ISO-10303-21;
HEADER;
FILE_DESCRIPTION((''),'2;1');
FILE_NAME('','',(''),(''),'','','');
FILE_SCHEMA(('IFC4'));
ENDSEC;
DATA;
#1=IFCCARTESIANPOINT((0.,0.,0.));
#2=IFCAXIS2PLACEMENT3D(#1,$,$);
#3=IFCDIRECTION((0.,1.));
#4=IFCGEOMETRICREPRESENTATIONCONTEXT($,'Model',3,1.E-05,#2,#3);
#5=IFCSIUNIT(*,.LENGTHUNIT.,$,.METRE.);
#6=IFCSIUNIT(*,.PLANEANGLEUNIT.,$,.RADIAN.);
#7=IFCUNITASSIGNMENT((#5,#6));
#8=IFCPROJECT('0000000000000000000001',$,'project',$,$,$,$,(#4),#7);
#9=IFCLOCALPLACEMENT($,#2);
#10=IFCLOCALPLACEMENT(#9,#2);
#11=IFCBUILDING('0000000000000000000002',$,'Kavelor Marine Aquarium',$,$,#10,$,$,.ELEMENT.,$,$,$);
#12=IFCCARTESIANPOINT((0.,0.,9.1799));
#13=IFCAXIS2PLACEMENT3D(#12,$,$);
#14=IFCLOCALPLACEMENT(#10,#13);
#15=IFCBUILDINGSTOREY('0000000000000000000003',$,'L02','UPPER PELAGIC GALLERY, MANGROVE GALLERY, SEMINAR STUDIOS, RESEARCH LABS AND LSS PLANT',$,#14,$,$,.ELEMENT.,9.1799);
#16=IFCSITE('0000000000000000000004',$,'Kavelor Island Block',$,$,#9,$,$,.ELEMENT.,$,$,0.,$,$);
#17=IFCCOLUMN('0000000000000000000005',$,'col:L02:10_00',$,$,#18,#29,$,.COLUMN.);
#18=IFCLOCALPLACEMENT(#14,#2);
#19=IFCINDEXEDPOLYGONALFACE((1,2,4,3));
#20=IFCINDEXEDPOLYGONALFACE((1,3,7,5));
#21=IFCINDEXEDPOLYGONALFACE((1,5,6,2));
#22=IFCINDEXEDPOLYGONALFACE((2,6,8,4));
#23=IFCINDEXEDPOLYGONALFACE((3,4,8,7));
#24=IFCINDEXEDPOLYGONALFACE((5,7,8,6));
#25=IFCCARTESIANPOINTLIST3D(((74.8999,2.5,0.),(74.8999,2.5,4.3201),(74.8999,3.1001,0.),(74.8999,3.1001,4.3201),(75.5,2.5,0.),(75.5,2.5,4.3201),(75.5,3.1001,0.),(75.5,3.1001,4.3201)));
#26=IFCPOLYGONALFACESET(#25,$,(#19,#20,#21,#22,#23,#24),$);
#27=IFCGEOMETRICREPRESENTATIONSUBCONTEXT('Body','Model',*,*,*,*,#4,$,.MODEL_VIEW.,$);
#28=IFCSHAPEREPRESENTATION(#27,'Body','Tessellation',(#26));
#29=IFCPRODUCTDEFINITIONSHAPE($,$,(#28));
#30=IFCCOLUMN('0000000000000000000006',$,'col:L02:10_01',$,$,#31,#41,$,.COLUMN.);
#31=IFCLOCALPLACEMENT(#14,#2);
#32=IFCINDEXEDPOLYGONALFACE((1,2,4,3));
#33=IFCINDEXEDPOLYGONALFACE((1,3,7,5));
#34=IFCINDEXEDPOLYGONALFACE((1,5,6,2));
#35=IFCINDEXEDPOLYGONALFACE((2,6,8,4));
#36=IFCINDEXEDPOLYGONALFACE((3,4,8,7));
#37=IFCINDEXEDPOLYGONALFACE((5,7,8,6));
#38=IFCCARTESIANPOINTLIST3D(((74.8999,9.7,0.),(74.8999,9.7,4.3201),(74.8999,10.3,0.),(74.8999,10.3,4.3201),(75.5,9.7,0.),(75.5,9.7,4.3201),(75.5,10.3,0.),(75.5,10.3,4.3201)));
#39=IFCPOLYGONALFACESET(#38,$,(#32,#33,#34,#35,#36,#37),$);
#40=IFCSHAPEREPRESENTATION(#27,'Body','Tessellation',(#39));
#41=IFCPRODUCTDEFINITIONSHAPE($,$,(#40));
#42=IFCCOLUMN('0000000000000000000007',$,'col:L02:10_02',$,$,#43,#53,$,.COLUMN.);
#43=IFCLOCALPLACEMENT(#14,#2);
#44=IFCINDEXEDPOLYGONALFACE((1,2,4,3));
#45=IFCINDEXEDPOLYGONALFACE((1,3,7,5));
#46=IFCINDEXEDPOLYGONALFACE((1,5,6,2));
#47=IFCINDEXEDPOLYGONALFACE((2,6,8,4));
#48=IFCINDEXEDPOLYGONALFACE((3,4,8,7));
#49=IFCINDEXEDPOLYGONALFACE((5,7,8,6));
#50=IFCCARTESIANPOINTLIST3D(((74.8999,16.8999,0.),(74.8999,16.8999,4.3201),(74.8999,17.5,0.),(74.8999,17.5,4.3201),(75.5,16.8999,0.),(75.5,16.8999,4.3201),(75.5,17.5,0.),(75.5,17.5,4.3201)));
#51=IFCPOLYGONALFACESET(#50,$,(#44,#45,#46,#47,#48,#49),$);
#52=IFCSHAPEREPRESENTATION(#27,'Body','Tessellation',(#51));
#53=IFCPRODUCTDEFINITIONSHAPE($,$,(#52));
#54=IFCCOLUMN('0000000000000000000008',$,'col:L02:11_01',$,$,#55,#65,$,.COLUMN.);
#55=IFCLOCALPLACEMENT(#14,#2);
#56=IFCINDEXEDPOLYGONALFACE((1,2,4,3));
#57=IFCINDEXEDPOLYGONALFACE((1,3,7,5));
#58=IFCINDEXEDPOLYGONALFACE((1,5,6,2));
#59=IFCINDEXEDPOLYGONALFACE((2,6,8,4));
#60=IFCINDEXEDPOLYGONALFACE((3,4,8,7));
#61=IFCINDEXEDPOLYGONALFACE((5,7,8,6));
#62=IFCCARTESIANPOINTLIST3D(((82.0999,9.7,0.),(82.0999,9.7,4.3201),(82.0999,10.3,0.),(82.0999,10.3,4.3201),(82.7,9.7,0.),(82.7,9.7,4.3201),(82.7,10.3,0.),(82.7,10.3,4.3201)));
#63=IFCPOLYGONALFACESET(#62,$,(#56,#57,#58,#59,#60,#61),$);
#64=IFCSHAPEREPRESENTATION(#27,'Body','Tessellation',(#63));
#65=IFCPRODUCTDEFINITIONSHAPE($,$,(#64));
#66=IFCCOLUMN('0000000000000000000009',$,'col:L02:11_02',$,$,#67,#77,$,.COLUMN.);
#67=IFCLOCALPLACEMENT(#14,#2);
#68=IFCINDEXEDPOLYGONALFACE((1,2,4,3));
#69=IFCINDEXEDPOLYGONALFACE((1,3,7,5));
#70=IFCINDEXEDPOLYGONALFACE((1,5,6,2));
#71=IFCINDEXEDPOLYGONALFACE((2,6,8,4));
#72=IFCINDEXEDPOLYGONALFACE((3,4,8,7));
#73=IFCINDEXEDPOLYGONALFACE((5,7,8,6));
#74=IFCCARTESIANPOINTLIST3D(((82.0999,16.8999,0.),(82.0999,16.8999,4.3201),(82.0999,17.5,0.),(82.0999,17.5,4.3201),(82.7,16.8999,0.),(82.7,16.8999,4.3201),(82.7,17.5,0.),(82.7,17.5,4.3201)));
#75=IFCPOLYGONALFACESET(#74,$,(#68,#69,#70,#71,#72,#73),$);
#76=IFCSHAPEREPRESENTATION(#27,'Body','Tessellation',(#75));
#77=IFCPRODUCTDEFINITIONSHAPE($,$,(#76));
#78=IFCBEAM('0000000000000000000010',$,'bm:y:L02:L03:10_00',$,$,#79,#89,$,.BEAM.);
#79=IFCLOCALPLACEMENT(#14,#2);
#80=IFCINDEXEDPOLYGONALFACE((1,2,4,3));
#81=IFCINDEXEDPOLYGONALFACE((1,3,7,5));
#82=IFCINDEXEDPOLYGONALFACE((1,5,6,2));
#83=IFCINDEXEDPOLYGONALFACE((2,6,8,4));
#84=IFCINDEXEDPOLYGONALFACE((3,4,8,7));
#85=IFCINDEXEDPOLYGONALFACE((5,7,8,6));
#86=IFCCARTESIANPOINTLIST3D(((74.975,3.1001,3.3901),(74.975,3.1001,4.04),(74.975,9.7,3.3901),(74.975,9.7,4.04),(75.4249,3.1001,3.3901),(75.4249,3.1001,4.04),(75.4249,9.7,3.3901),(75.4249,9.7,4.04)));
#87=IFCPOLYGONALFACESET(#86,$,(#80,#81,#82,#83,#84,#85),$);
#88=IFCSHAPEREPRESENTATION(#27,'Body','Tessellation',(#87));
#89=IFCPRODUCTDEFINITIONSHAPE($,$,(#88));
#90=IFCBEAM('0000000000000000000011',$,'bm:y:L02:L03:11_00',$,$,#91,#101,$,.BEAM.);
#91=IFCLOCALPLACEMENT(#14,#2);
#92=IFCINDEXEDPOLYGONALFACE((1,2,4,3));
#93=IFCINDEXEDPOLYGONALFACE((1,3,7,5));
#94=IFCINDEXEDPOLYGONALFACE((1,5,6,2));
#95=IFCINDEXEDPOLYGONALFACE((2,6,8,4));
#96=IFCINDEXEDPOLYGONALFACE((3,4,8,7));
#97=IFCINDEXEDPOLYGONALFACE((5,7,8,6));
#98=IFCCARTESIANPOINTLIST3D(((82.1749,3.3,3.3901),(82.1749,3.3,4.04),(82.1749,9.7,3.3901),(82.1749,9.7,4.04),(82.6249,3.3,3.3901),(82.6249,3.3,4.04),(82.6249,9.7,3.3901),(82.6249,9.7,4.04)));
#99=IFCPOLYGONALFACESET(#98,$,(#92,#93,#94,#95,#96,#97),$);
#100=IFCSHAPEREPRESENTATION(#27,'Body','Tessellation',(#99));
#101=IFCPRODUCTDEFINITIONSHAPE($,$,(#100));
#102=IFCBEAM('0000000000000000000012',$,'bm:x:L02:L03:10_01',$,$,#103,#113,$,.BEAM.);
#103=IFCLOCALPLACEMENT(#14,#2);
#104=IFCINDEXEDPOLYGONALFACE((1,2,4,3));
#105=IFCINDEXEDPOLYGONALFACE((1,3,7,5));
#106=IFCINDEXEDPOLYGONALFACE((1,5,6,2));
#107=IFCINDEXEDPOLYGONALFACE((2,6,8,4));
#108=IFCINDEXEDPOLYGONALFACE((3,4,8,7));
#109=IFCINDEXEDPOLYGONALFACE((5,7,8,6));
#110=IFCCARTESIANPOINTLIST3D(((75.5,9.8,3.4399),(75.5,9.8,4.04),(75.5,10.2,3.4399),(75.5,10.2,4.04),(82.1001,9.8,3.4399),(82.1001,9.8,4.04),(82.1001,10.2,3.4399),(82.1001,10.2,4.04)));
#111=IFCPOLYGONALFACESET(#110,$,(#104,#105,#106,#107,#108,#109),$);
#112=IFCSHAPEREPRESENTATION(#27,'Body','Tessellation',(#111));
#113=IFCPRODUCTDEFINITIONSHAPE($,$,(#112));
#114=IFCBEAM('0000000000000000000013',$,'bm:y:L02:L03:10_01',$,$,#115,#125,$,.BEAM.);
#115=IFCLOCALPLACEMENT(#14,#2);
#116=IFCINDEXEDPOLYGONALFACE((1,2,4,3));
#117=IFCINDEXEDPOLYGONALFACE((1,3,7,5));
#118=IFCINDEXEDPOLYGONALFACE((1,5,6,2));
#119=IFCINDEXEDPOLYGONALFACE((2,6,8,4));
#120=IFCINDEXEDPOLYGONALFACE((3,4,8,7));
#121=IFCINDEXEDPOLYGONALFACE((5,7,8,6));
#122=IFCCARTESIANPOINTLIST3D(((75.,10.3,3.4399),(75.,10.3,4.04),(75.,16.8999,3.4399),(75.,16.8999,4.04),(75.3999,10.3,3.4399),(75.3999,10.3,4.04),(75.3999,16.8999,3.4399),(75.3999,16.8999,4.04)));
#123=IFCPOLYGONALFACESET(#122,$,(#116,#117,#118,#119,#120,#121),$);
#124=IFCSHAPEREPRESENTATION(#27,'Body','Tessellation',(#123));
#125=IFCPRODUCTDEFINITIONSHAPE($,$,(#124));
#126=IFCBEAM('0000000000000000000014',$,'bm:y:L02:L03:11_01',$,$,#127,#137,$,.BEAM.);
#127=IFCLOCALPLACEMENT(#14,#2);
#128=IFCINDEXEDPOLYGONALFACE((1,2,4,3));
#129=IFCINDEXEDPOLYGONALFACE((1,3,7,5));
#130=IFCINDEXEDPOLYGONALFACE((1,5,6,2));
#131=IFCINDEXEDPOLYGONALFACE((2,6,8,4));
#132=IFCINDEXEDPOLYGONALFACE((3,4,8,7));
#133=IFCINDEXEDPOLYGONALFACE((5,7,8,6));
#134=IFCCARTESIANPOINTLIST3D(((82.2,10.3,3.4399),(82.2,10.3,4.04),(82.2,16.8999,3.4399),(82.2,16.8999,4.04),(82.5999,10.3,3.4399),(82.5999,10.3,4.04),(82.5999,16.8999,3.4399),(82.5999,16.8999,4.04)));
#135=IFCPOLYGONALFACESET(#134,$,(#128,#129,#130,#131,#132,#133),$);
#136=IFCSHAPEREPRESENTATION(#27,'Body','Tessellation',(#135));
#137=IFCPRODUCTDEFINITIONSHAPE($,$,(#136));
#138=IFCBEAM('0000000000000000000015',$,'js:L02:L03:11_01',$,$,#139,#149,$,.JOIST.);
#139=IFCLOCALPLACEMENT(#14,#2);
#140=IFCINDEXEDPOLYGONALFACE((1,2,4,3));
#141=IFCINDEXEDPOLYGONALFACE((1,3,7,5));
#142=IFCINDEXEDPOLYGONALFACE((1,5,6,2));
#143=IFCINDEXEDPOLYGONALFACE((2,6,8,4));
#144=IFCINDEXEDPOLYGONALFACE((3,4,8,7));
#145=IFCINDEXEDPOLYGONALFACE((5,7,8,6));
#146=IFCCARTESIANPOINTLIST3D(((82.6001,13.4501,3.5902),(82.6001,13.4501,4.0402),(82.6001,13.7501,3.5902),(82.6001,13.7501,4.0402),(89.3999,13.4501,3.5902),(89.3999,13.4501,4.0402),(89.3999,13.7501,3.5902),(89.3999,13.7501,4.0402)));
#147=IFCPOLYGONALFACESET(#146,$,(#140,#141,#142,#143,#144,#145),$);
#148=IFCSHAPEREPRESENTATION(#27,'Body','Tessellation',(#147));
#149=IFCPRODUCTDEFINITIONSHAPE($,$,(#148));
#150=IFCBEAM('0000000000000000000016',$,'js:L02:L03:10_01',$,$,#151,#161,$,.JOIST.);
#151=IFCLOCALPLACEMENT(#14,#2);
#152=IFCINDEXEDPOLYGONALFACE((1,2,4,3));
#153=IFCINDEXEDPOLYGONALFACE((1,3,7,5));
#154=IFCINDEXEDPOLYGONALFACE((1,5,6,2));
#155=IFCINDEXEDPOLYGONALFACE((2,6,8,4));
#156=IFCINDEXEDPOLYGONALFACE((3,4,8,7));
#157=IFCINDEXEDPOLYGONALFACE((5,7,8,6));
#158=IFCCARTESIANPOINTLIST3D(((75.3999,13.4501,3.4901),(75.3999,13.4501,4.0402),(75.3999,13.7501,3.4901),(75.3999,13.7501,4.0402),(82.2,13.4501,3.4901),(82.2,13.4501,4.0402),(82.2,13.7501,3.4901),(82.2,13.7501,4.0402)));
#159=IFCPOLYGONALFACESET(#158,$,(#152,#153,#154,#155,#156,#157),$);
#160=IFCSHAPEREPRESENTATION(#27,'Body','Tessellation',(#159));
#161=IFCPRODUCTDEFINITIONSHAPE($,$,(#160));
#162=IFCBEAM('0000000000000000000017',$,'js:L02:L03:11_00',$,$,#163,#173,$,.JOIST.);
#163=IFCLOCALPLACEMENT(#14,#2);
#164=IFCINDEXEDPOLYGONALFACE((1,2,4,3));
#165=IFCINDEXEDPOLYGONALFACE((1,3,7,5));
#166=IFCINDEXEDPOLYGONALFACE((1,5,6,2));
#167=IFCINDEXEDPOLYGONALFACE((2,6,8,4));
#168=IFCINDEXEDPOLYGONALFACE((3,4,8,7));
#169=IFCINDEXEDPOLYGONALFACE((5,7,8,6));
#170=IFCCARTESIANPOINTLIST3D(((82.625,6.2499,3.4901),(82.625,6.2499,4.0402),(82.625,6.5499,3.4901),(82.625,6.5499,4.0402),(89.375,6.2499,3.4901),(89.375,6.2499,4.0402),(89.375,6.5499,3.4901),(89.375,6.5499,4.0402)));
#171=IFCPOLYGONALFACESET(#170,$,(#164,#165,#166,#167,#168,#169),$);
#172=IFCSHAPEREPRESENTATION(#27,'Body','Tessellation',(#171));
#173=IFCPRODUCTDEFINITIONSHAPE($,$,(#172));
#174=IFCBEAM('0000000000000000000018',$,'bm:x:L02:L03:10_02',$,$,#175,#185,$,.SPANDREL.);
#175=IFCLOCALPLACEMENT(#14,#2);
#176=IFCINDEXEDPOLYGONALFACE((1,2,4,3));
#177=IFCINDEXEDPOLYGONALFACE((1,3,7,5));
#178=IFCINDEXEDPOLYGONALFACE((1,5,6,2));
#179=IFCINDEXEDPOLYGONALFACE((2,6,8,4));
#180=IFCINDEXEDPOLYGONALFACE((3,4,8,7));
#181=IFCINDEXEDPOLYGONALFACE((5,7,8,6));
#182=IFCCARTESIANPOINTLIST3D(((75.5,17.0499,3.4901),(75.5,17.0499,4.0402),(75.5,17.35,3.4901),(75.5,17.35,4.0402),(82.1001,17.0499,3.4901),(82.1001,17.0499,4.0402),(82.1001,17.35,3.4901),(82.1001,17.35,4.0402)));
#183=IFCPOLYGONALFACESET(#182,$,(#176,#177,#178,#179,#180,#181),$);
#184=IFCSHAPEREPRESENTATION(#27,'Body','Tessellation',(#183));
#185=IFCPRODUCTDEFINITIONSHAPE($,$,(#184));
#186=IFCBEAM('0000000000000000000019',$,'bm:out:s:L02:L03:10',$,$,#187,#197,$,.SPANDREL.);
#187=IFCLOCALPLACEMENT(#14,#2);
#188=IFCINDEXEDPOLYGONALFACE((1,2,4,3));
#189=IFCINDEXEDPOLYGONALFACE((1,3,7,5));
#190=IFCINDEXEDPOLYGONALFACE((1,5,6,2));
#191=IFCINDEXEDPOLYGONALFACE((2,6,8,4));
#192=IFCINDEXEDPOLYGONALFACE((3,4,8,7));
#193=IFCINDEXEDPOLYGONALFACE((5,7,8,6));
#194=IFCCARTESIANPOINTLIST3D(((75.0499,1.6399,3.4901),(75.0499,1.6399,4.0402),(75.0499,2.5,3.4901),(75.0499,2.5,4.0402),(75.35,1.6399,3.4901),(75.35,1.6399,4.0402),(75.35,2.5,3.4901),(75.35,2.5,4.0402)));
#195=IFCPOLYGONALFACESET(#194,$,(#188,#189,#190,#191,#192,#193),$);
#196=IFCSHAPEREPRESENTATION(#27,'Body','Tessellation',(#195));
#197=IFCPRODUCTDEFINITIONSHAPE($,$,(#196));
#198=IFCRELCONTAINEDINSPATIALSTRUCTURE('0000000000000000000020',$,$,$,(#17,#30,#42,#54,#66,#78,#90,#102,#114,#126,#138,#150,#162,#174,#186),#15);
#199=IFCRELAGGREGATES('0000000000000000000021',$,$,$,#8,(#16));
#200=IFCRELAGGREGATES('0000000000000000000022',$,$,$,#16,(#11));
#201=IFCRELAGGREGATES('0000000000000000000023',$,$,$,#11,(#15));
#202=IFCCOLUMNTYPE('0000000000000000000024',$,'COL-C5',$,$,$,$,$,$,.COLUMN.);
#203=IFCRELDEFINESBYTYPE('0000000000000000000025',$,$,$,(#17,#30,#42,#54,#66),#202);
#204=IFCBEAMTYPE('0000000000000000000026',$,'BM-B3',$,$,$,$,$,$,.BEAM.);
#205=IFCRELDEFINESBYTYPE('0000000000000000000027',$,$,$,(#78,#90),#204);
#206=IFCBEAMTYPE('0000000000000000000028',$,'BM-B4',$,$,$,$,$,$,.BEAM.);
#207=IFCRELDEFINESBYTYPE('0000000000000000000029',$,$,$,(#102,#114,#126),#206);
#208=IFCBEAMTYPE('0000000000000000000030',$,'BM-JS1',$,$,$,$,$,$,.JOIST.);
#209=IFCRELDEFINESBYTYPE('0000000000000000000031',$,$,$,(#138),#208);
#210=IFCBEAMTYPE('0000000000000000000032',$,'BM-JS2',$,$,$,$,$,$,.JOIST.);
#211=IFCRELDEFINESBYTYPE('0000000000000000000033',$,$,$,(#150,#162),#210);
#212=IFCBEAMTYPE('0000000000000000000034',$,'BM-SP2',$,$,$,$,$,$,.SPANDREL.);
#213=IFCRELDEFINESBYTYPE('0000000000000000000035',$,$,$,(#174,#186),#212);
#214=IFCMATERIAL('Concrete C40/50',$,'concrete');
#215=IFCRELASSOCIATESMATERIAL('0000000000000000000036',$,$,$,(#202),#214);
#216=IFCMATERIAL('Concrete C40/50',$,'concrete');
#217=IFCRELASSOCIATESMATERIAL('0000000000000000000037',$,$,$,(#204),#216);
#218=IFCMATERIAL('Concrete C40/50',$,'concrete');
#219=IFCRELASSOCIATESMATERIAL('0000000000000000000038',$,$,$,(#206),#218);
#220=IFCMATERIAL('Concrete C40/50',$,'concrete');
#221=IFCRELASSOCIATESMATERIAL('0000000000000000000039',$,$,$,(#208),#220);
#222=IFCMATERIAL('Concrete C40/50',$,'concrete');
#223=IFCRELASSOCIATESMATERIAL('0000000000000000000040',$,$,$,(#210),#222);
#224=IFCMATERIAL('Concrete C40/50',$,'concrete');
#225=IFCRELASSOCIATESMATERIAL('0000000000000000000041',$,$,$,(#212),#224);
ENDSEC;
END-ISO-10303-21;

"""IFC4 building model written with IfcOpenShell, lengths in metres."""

from ifc_helpers import new_model, si_unit, direction, frame, origin, origin_2d, place, context, subcontext, project, spatial, rectangle, extrude, material, material_profile, profile_set, type_object, element, save


model = new_model("IFC4")

# Units and contexts
model_context = context("Model", 3, precision=1e-05, world=origin(), true_north=direction((0.0, 1.0)))
body_context = subcontext(model_context, "Body", "Model", "MODEL_VIEW")
ifc_project = project(units=[si_unit("LENGTHUNIT", "METRE"), si_unit("PLANEANGLEUNIT", "RADIAN")], contexts=[model_context])

# Site, building, storey
site_placement = place(None, origin())
site = spatial("IfcSite", under=ifc_project, at=site_placement, Name="Kavelor Island Block", CompositionType="ELEMENT", RefElevation=0.0)
building_placement = place(site_placement, origin())
building = spatial("IfcBuilding", under=site, at=building_placement, Name="Kavelor Marine Aquarium", CompositionType="ELEMENT")
storey_placement = place(building_placement, frame((0.0, 0.0, 9.1799)))
storey = spatial("IfcBuildingStorey", under=building, at=storey_placement, Name="L02", Description="UPPER PELAGIC GALLERY, MANGROVE GALLERY, SEMINAR STUDIOS, RESEARCH LABS AND LSS PLANT", CompositionType="ELEMENT", Elevation=9.1799)

# Columns
ifc_material_1 = material(Name="Concrete C40/50", Category="concrete")
ifc_material_profile_1 = material_profile(ifc_material_1, rectangle(XDim=0.6001, YDim=0.6001, at=origin_2d()), Name="RC-COL 600x600")
ifc_profile_set_1 = profile_set([ifc_material_profile_1], Name="Concrete C40/50")
column_type = type_object("IfcColumnType", Name="COL-C5", PredefinedType="COLUMN", material=ifc_profile_set_1)
for number, where, z_axis, x_axis, name in (
    (1, (75.2, 2.8, 0.0), (0.0, 0.0, 1.0), (1.0, 0.0, 0.0), "col:L02:10_00"),
    (2, (75.2, 10.0, 0.0), (0.0, 0.0, 1.0), (1.0, 0.0, 0.0), "col:L02:10_01"),
    (3, (75.2, 17.2, 0.0), (0.0, 0.0, 1.0), (1.0, 0.0, 0.0), "col:L02:10_02"),
    (4, (82.3999, 10.0, 0.0), (0.0, 0.0, 1.0), (1.0, 0.0, 0.0), "col:L02:11_01"),
    (5, (82.3999, 17.2, 0.0), (0.0, 0.0, 1.0), (1.0, 0.0, 0.0), "col:L02:11_02"),
):
    element("IfcColumn", number, at=place(storey_placement, frame(where, z_axis=z_axis, x_axis=x_axis)), inside=storey, type_object=column_type, Name=name, PredefinedType="COLUMN", context=body_context, shape_type="SweptSolid", body=[
        extrude(rectangle(XDim=0.6001, YDim=0.6001, at=origin_2d()), origin(), (0.0, 0.0, 1.0), 4.3201),
    ])

# Beams
ifc_material_2 = material(Name="Concrete C40/50", Category="concrete")
ifc_material_profile_2 = material_profile(ifc_material_2, rectangle(XDim=0.45, YDim=0.6499, at=origin_2d()), Name="RC-BM 450x650")
ifc_profile_set_2 = profile_set([ifc_material_profile_2], Name="Concrete C40/50")
beam_type_1 = type_object("IfcBeamType", Name="BM-B3", PredefinedType="BEAM", material=ifc_profile_set_2)
beam_1_placement = place(storey_placement, frame((75.2, 3.1001, 3.7151), z_axis=(0.0, 1.0, 0.0), x_axis=(-1.0, 0.0, 0.0)))
element("IfcBeam", 6, at=beam_1_placement, inside=storey, type_object=beam_type_1, Name="bm:y:L02:L03:10_00", PredefinedType="BEAM", context=body_context, shape_type="SweptSolid", body=[
    extrude(rectangle(XDim=0.45, YDim=0.6499, at=origin_2d()), origin(), (0.0, 0.0, 1.0), 6.5999),
])
beam_2_placement = place(storey_placement, frame((82.3999, 3.3, 3.7151), z_axis=(0.0, 1.0, 0.0), x_axis=(-1.0, 0.0, 0.0)))
element("IfcBeam", 7, at=beam_2_placement, inside=storey, type_object=beam_type_1, Name="bm:y:L02:L03:11_00", PredefinedType="BEAM", context=body_context, shape_type="SweptSolid", body=[
    extrude(rectangle(XDim=0.45, YDim=0.6499, at=origin_2d()), origin(), (0.0, 0.0, 1.0), 6.3999),
])
ifc_material_3 = material(Name="Concrete C40/50", Category="concrete")
ifc_material_profile_3 = material_profile(ifc_material_3, rectangle(XDim=0.3999, YDim=0.6001, at=origin_2d()), Name="RC-BM 400x600")
ifc_profile_set_3 = profile_set([ifc_material_profile_3], Name="Concrete C40/50")
beam_type_2 = type_object("IfcBeamType", Name="BM-B4", PredefinedType="BEAM", material=ifc_profile_set_3)
beam_3_placement = place(storey_placement, frame((75.5, 10.0, 3.74), z_axis=(1.0, 0.0, 0.0), x_axis=(0.0, 1.0, 0.0)))
element("IfcBeam", 8, at=beam_3_placement, inside=storey, type_object=beam_type_2, Name="bm:x:L02:L03:10_01", PredefinedType="BEAM", context=body_context, shape_type="SweptSolid", body=[
    extrude(rectangle(XDim=0.3999, YDim=0.6001, at=origin_2d()), origin(), (0.0, 0.0, 1.0), 6.6001),
])
for number, where, z_axis, x_axis, name in (
    (9, (75.2, 10.3, 3.74), (0.0, 1.0, 0.0), (-1.0, 0.0, 0.0), "bm:y:L02:L03:10_01"),
    (10, (82.3999, 10.3, 3.74), (0.0, 1.0, 0.0), (-1.0, 0.0, 0.0), "bm:y:L02:L03:11_01"),
):
    element("IfcBeam", number, at=place(storey_placement, frame(where, z_axis=z_axis, x_axis=x_axis)), inside=storey, type_object=beam_type_2, Name=name, PredefinedType="BEAM", context=body_context, shape_type="SweptSolid", body=[
        extrude(rectangle(XDim=0.3999, YDim=0.6001, at=origin_2d()), origin(), (0.0, 0.0, 1.0), 6.5999),
    ])
ifc_material_4 = material(Name="Concrete C40/50", Category="concrete")
ifc_material_profile_4 = material_profile(ifc_material_4, rectangle(XDim=0.3, YDim=0.45, at=origin_2d()), Name="RC-JS 300x450")
ifc_profile_set_4 = profile_set([ifc_material_profile_4], Name="Concrete C40/50")
beam_type_3 = type_object("IfcBeamType", Name="BM-JS1", PredefinedType="JOIST", material=ifc_profile_set_4)
beam_4_placement = place(storey_placement, frame((82.6001, 13.6001, 3.8152), z_axis=(1.0, 0.0, 0.0), x_axis=(0.0, 1.0, 0.0)))
element("IfcBeam", 11, at=beam_4_placement, inside=storey, type_object=beam_type_3, Name="js:L02:L03:11_01", PredefinedType="JOIST", context=body_context, shape_type="SweptSolid", body=[
    extrude(rectangle(XDim=0.3, YDim=0.45, at=origin_2d()), origin(), (0.0, 0.0, 1.0), 6.7998),
])
ifc_material_5 = material(Name="Concrete C40/50", Category="concrete")
ifc_material_profile_5 = material_profile(ifc_material_5, rectangle(XDim=0.3, YDim=0.55, at=origin_2d()), Name="RC-JS 300x550")
ifc_profile_set_5 = profile_set([ifc_material_profile_5], Name="Concrete C40/50")
beam_type_4 = type_object("IfcBeamType", Name="BM-JS2", PredefinedType="JOIST", material=ifc_profile_set_5)
beam_5_placement = place(storey_placement, frame((75.3999, 13.6001, 3.7651), z_axis=(1.0, 0.0, 0.0), x_axis=(0.0, 1.0, 0.0)))
element("IfcBeam", 12, at=beam_5_placement, inside=storey, type_object=beam_type_4, Name="js:L02:L03:10_01", PredefinedType="JOIST", context=body_context, shape_type="SweptSolid", body=[
    extrude(rectangle(XDim=0.3, YDim=0.55, at=origin_2d()), origin(), (0.0, 0.0, 1.0), 6.8),
])
beam_6_placement = place(storey_placement, frame((82.625, 6.3999, 3.7651), z_axis=(1.0, 0.0, 0.0), x_axis=(0.0, 1.0, 0.0)))
element("IfcBeam", 13, at=beam_6_placement, inside=storey, type_object=beam_type_4, Name="js:L02:L03:11_00", PredefinedType="JOIST", context=body_context, shape_type="SweptSolid", body=[
    extrude(rectangle(XDim=0.3, YDim=0.55, at=origin_2d()), origin(), (0.0, 0.0, 1.0), 6.75),
])
ifc_material_6 = material(Name="Concrete C40/50", Category="concrete")
ifc_material_profile_6 = material_profile(ifc_material_6, rectangle(XDim=0.3, YDim=0.55, at=origin_2d()), Name="RC-SP 300x550")
ifc_profile_set_6 = profile_set([ifc_material_profile_6], Name="Concrete C40/50")
beam_type_5 = type_object("IfcBeamType", Name="BM-SP2", PredefinedType="SPANDREL", material=ifc_profile_set_6)
beam_7_placement = place(storey_placement, frame((75.5, 17.2, 3.7651), z_axis=(1.0, 0.0, 0.0), x_axis=(0.0, 1.0, 0.0)))
element("IfcBeam", 14, at=beam_7_placement, inside=storey, type_object=beam_type_5, Name="bm:x:L02:L03:10_02", PredefinedType="SPANDREL", context=body_context, shape_type="SweptSolid", body=[
    extrude(rectangle(XDim=0.3, YDim=0.55, at=origin_2d()), origin(), (0.0, 0.0, 1.0), 6.6001),
])
beam_8_placement = place(storey_placement, frame((75.2, 1.6399, 3.7651), z_axis=(0.0, 1.0, 0.0), x_axis=(-1.0, 0.0, 0.0)))
element("IfcBeam", 15, at=beam_8_placement, inside=storey, type_object=beam_type_5, Name="bm:out:s:L02:L03:10", PredefinedType="SPANDREL", context=body_context, shape_type="SweptSolid", body=[
    extrude(rectangle(XDim=0.3, YDim=0.55, at=origin_2d()), origin(), (0.0, 0.0, 1.0), 0.8601),
])

save(model, "model.ifc")
